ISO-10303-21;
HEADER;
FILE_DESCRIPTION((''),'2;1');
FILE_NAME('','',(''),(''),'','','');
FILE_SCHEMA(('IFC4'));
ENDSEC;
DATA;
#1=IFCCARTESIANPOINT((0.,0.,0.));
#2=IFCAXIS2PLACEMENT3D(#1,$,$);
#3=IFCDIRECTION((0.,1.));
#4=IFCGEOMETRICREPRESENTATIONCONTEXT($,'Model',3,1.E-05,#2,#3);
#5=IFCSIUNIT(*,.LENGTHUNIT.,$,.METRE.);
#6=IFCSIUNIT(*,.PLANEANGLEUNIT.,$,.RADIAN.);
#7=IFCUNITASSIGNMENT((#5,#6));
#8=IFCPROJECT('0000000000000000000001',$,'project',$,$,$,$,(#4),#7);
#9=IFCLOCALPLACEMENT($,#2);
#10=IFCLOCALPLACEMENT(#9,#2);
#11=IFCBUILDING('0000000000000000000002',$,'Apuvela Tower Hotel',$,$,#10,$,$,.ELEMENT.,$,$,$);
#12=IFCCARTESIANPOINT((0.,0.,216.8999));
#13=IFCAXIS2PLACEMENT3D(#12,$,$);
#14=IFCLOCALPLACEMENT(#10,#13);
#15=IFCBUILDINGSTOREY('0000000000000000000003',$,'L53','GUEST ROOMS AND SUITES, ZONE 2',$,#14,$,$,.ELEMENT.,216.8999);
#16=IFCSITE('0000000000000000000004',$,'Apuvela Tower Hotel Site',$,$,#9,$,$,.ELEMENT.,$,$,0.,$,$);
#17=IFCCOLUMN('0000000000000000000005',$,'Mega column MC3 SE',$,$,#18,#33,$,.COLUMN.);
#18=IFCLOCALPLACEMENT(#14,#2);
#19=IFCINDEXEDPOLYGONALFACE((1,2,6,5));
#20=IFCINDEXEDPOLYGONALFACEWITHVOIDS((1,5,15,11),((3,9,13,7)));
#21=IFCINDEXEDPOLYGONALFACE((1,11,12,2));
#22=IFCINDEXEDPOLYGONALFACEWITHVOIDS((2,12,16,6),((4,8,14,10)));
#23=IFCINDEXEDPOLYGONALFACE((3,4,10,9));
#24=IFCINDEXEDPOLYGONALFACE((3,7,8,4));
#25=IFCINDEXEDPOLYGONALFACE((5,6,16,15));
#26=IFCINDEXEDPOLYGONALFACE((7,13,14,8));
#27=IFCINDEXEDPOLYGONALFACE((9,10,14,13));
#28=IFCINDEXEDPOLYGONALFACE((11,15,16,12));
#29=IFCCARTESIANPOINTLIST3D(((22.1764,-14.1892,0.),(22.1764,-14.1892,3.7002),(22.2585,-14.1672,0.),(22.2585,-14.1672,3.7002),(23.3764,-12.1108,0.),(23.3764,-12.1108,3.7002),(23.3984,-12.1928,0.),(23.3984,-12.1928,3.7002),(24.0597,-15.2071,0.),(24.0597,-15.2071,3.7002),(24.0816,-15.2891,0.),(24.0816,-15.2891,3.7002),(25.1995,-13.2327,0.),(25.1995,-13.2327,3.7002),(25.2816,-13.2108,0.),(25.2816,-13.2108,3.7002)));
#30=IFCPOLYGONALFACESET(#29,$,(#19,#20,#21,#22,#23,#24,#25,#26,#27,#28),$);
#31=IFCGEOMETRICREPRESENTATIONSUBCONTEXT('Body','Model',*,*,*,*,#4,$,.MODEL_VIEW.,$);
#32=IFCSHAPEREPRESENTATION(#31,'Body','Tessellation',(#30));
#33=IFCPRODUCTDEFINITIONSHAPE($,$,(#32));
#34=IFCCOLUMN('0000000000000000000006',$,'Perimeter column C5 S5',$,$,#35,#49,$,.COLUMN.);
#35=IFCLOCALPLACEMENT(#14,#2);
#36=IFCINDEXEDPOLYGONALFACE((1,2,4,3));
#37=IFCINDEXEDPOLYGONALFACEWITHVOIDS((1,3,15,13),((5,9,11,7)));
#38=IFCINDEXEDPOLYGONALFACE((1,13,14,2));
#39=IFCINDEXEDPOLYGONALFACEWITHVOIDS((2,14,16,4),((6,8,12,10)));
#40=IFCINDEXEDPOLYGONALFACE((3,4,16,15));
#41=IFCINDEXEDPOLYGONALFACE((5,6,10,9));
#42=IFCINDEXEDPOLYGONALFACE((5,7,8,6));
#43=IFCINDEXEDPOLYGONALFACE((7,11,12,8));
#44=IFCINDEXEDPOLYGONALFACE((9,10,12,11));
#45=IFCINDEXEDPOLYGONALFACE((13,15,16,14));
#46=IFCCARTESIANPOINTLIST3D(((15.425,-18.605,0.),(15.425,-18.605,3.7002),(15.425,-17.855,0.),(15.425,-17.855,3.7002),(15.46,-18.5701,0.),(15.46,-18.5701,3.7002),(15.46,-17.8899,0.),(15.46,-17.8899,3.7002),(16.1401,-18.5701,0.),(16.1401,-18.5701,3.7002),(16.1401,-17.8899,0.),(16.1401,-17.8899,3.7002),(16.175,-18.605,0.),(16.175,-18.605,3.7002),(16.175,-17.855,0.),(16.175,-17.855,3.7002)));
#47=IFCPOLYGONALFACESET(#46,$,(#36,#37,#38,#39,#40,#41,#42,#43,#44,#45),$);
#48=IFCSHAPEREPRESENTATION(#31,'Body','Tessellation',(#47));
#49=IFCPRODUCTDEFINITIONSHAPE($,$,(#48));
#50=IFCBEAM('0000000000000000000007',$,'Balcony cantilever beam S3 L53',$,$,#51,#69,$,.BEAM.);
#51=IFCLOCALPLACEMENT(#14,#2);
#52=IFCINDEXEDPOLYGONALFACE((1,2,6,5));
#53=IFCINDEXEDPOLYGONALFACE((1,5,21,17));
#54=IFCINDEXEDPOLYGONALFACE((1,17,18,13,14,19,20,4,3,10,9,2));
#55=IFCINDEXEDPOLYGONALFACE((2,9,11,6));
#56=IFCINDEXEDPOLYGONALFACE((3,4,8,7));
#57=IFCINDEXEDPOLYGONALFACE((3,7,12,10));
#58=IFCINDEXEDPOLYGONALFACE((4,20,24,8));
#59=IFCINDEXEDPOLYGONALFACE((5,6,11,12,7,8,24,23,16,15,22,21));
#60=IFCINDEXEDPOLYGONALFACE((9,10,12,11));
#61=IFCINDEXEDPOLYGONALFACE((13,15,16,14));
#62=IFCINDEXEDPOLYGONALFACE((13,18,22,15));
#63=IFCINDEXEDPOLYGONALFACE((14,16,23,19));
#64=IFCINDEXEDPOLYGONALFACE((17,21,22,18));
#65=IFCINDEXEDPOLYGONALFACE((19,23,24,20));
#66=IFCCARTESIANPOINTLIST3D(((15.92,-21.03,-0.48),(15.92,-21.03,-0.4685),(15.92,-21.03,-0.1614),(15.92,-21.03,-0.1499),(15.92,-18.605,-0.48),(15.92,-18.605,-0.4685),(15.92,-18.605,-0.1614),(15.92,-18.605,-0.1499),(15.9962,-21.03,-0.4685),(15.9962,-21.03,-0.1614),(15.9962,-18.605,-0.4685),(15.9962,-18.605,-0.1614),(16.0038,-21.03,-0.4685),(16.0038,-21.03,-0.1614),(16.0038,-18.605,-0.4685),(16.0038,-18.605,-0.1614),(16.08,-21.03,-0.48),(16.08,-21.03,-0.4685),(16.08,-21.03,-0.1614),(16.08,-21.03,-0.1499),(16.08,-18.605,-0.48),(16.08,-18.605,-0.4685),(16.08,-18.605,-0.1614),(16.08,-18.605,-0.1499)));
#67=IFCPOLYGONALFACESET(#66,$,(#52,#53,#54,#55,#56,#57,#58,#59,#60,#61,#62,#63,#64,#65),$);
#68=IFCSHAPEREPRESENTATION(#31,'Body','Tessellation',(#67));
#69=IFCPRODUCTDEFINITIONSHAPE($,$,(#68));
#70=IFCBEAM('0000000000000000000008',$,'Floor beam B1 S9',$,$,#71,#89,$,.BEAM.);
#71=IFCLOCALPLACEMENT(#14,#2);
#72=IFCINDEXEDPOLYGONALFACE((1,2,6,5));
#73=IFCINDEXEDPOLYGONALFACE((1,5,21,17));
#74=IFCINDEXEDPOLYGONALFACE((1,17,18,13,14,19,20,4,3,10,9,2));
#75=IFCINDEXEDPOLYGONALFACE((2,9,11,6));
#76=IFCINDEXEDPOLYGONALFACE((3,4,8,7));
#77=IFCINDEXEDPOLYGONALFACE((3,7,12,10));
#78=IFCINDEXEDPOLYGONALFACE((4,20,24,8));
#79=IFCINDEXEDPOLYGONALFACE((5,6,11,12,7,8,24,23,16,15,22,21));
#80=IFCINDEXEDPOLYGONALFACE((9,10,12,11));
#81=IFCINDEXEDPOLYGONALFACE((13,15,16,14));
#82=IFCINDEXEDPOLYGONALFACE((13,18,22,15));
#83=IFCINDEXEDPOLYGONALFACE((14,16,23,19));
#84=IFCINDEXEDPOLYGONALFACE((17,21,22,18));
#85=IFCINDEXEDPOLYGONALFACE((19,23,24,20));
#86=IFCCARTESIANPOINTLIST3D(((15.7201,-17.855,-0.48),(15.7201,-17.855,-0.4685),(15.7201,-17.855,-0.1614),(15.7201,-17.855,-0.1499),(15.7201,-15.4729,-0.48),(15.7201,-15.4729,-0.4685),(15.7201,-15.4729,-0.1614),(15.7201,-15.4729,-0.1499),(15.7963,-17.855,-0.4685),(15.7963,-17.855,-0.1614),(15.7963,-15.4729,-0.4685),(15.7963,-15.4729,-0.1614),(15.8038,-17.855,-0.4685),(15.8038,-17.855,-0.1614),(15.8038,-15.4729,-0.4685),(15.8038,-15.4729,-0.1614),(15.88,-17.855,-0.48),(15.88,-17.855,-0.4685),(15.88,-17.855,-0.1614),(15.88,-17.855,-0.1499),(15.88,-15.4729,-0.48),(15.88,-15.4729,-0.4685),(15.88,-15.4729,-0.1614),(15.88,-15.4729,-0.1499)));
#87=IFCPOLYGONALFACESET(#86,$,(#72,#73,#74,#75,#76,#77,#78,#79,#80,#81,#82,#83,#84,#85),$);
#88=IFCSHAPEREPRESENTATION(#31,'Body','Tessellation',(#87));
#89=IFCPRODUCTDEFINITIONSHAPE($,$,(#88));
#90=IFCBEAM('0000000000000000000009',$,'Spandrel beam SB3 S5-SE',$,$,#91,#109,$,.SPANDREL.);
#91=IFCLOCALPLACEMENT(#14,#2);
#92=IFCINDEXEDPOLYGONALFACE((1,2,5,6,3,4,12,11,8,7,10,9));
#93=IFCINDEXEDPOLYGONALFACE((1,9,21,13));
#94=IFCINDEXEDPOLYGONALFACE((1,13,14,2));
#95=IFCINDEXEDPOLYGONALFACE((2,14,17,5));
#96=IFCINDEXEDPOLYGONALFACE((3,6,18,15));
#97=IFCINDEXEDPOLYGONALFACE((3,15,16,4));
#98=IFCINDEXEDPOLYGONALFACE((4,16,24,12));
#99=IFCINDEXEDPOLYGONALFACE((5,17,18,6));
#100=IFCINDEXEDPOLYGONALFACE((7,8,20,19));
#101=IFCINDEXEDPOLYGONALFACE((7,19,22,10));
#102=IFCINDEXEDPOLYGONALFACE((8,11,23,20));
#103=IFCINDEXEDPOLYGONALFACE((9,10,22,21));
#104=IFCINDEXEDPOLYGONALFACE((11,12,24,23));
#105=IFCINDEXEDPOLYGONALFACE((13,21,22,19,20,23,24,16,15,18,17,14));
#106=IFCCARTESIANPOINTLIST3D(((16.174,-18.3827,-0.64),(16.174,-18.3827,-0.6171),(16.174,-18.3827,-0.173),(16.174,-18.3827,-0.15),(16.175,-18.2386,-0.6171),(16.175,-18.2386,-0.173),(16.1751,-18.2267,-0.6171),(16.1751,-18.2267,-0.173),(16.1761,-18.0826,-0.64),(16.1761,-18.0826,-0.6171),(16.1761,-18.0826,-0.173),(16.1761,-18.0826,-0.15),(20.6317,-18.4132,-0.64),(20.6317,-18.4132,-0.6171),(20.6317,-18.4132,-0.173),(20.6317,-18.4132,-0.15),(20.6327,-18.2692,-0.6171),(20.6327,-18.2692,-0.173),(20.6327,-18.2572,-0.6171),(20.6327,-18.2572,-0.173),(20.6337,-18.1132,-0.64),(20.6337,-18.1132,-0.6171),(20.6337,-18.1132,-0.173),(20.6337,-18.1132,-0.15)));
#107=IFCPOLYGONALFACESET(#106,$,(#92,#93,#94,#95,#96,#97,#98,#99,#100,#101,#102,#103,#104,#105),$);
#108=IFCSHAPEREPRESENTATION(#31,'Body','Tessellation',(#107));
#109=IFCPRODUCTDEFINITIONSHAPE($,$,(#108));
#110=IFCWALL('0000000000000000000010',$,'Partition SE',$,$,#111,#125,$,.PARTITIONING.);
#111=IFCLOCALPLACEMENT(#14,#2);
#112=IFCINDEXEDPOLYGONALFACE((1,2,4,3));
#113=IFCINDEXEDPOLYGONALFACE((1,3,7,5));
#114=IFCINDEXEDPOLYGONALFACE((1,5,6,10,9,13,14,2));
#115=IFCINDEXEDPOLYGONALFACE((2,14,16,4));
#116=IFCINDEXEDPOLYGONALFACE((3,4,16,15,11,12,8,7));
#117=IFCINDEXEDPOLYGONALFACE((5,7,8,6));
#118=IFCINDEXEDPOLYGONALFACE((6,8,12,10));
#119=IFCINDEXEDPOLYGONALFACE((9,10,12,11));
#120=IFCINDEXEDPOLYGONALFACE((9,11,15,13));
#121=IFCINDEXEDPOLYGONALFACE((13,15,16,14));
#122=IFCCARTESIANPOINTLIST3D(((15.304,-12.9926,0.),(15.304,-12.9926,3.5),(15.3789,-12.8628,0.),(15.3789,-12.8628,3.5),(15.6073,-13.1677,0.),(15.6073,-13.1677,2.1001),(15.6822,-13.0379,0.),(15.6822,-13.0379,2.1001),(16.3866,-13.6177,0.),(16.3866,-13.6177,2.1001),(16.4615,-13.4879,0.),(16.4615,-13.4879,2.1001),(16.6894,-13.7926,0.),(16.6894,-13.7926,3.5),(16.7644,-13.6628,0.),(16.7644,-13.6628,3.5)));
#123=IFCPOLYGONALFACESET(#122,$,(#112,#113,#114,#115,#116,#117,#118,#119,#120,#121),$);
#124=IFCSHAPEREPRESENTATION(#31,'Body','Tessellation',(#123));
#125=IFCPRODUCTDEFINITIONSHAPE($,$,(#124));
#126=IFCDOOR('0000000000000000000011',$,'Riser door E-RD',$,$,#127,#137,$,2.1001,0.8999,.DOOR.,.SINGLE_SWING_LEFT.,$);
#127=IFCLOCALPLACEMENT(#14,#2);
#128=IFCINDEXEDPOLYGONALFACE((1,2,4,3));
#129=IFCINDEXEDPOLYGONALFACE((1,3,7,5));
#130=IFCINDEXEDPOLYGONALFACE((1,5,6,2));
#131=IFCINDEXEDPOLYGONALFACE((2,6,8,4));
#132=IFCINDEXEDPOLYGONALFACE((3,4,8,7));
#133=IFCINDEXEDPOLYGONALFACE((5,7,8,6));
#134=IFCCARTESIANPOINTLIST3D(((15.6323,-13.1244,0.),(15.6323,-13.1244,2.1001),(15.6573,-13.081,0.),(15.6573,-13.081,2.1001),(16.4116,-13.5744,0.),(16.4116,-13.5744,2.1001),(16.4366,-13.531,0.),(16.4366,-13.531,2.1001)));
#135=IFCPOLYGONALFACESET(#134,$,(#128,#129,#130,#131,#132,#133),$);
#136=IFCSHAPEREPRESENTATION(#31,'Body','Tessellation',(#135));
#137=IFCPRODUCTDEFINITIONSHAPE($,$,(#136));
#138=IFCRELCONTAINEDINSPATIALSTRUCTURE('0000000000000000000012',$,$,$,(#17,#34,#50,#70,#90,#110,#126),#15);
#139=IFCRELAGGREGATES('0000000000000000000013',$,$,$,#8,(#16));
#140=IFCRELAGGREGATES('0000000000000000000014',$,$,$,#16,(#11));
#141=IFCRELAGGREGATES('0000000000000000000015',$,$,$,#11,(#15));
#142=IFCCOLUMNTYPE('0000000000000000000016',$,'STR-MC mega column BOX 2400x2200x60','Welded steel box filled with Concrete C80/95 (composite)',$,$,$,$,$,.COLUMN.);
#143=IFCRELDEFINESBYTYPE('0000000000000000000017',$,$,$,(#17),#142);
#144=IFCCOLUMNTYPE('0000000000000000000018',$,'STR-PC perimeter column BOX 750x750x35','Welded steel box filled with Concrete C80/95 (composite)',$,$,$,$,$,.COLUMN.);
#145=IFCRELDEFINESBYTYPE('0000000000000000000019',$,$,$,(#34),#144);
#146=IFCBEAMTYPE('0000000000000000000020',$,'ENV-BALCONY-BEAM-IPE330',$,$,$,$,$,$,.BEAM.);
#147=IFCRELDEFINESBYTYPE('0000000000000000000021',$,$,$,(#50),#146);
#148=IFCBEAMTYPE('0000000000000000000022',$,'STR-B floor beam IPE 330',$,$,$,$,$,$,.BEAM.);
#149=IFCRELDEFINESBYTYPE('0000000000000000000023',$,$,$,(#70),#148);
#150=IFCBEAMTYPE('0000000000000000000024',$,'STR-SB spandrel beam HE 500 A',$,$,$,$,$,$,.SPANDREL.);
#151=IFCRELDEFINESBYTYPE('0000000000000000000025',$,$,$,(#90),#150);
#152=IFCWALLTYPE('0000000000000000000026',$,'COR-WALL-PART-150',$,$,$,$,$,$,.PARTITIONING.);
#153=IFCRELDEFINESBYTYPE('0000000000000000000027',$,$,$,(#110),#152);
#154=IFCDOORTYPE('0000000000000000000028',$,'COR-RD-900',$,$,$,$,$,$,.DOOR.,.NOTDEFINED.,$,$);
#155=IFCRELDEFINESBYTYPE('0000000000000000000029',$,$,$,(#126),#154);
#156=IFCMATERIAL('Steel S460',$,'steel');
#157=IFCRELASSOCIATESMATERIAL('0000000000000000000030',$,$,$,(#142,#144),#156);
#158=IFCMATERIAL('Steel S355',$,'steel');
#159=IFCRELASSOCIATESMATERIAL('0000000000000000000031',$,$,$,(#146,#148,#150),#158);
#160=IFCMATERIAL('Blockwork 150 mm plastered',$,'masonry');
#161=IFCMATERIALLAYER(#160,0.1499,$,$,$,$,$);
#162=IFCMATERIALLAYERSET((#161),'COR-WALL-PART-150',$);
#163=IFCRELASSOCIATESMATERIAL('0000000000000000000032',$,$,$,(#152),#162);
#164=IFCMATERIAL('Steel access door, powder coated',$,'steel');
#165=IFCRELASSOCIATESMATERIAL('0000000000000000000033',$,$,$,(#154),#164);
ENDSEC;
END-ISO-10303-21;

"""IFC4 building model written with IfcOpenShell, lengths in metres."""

from ifc_helpers import new_model, si_unit, direction, frame, frame_2d, origin, origin_2d, place, context, subcontext, project, spatial, rectangle, hollow_rectangle, i_section, extrude, material, layer, layer_set, material_profile, profile_set, type_object, element, fill, save


model = new_model("IFC4")

# Units and contexts
model_context = context("Model", 3, precision=1e-05, world=origin(), true_north=direction((0.0, 1.0)))
body_context = subcontext(model_context, "Body", "Model", "MODEL_VIEW")
ifc_project = project(units=[si_unit("LENGTHUNIT", "METRE"), si_unit("PLANEANGLEUNIT", "RADIAN")], contexts=[model_context])

# Site, building, storey
site_placement = place(None, origin())
site = spatial("IfcSite", under=ifc_project, at=site_placement, Name="Apuvela Tower Hotel Site", CompositionType="ELEMENT", RefElevation=0.0)
building_placement = place(site_placement, origin())
building = spatial("IfcBuilding", under=site, at=building_placement, Name="Apuvela Tower Hotel", CompositionType="ELEMENT")
storey_placement = place(building_placement, frame((0.0, 0.0, 216.8999)))
storey = spatial("IfcBuildingStorey", under=building, at=storey_placement, Name="L53", Description="GUEST ROOMS AND SUITES, ZONE 2", CompositionType="ELEMENT", Elevation=216.8999)

# Columns
ifc_material_1 = material(Name="Steel S460", Category="steel")
ifc_material_profile_1 = material_profile(ifc_material_1, hollow_rectangle(XDim=2.3999, YDim=2.2, WallThickness=0.0601, at=origin_2d()), Name="BOX 2400x2200x60")
ifc_material_2 = material(Name="Concrete C80/95", Category="concrete")
ifc_material_profile_2 = material_profile(ifc_material_2, rectangle(XDim=2.28, YDim=2.0801, at=origin_2d()), Name="Concrete C80/95 infill")
ifc_profile_set_1 = profile_set([ifc_material_profile_1, ifc_material_profile_2], Name="Steel S460")
column_type_1 = type_object("IfcColumnType", Name="STR-MC mega column BOX 2400x2200x60", Description="Welded steel box filled with Concrete C80/95 (composite)", PredefinedType="COLUMN", material=ifc_profile_set_1)
column_1_placement = place(storey_placement, frame((23.729, -13.7, 0.0), z_axis=(0.0, 0.0, 1.0), x_axis=(0.5, 0.866025, 0.0)))
element("IfcColumn", 1, at=column_1_placement, inside=storey, type_object=column_type_1, Name="Mega column MC3 SE", PredefinedType="COLUMN", context=body_context, shape_type="SweptSolid", body=[
    extrude(hollow_rectangle(XDim=2.3999, YDim=2.2, WallThickness=0.0601, at=origin_2d()), origin(), (0.0, 0.0, 1.0), 3.7002),
])
ifc_material_profile_3 = material_profile(ifc_material_1, hollow_rectangle(XDim=0.75, YDim=0.75, WallThickness=0.0349, at=origin_2d()), Name="BOX 750x750x35")
ifc_material_profile_4 = material_profile(ifc_material_2, rectangle(XDim=0.6799, YDim=0.6799, at=origin_2d()), Name="Concrete C80/95 infill")
ifc_profile_set_2 = profile_set([ifc_material_profile_3, ifc_material_profile_4], Name="Steel S460")
column_type_2 = type_object("IfcColumnType", Name="STR-PC perimeter column BOX 750x750x35", Description="Welded steel box filled with Concrete C80/95 (composite)", PredefinedType="COLUMN", material=ifc_profile_set_2)
column_2_placement = place(storey_placement, frame((15.8, -18.23, 0.0), z_axis=(0.0, 0.0, 1.0), x_axis=(-1.0, 0.0, 0.0)))
element("IfcColumn", 2, at=column_2_placement, inside=storey, type_object=column_type_2, Name="Perimeter column C5 S5", PredefinedType="COLUMN", context=body_context, shape_type="SweptSolid", body=[
    extrude(hollow_rectangle(XDim=0.75, YDim=0.75, WallThickness=0.0349, at=origin_2d()), origin(), (0.0, 0.0, 1.0), 3.7002),
])

# Beams
ifc_material_3 = material(Name="Steel S355", Category="steel")
ifc_material_profile_5 = material_profile(ifc_material_3, i_section(OverallWidth=0.1599, OverallDepth=0.3301, WebThickness=0.0076, FlangeThickness=0.0115, at=origin_2d()), Name="IPE 330")
ifc_profile_set_3 = profile_set([ifc_material_profile_5], Name="Steel S355")
beam_type_1 = type_object("IfcBeamType", Name="ENV-BALCONY-BEAM-IPE330", PredefinedType="BEAM", material=ifc_profile_set_3)
beam_1_placement = place(storey_placement, frame((16.0, -18.605, -0.3149), z_axis=(0.0, -1.0, 0.0), x_axis=(1.0, 0.0, 0.0)))
element("IfcBeam", 3, at=beam_1_placement, inside=storey, type_object=beam_type_1, Name="Balcony cantilever beam S3 L53", PredefinedType="BEAM", context=body_context, shape_type="SweptSolid", body=[
    extrude(i_section(OverallWidth=0.1599, OverallDepth=0.3301, WebThickness=0.0076, FlangeThickness=0.0115, at=origin_2d()), origin(), (0.0, 0.0, 1.0), 2.425),
])
ifc_material_profile_6 = material_profile(ifc_material_3, i_section(OverallWidth=0.1599, OverallDepth=0.3301, WebThickness=0.0076, FlangeThickness=0.0115, at=origin_2d()), Name="IPE 330")
ifc_profile_set_4 = profile_set([ifc_material_profile_6], Name="Steel S355")
beam_type_2 = type_object("IfcBeamType", Name="STR-B floor beam IPE 330", PredefinedType="BEAM", material=ifc_profile_set_4)
beam_2_placement = place(storey_placement, frame((15.8, -17.855, -0.3149), z_axis=(0.0, 1.0, 0.0), x_axis=(-1.0, 0.0, 0.0)))
element("IfcBeam", 4, at=beam_2_placement, inside=storey, type_object=beam_type_2, Name="Floor beam B1 S9", PredefinedType="BEAM", context=body_context, shape_type="SweptSolid", body=[
    extrude(i_section(OverallWidth=0.1599, OverallDepth=0.3301, WebThickness=0.0076, FlangeThickness=0.0115, at=origin_2d()), origin(), (0.0, 0.0, 1.0), 2.3821),
])
ifc_material_profile_7 = material_profile(ifc_material_3, i_section(OverallWidth=0.3, OverallDepth=0.49, WebThickness=0.012, FlangeThickness=0.0229, at=origin_2d()), Name="HE 500 A")
ifc_profile_set_5 = profile_set([ifc_material_profile_7], Name="Steel S355")
beam_type_3 = type_object("IfcBeamType", Name="STR-SB spandrel beam HE 500 A", PredefinedType="SPANDREL", material=ifc_profile_set_5)
beam_3_placement = place(storey_placement, frame((16.175, -18.2327, -0.395), z_axis=(0.999977, -0.006846, 0.0), x_axis=(0.006846, 0.999977, 0.0)))
element("IfcBeam", 5, at=beam_3_placement, inside=storey, type_object=beam_type_3, Name="Spandrel beam SB3 S5-SE", PredefinedType="SPANDREL", context=body_context, shape_type="SweptSolid", body=[
    extrude(i_section(OverallWidth=0.3, OverallDepth=0.49, WebThickness=0.012, FlangeThickness=0.0229, at=origin_2d()), origin(), (0.0, 0.0, 1.0), 4.4578),
])

# Wall, opening, door
ifc_material_4 = material(Name="Blockwork 150 mm plastered", Category="masonry")
ifc_layer_1 = layer(ifc_material_4, 0.1499)
ifc_layer_set_1 = layer_set([ifc_layer_1], Name="COR-WALL-PART-150")
wall_type_1 = type_object("IfcWallType", Name="COR-WALL-PART-150", PredefinedType="PARTITIONING", material=ifc_layer_set_1)
wall_1_placement = place(storey_placement, frame((15.3416, -12.9277, 0.0), z_axis=(0.0, 0.0, 1.0), x_axis=(0.86599, -0.500061, 0.0)))
wall_1 = element("IfcWall", 6, at=wall_1_placement, inside=storey, type_object=wall_type_1, Name="Partition SE", PredefinedType="PARTITIONING", context=body_context, shape_type="SweptSolid", body=[
    extrude(rectangle(XDim=1.5999, YDim=0.1499, at=frame_2d((0.7998, 0.0))), origin(), (0.0, 0.0, 1.0), 3.5),
])
opening_1_placement = place(wall_1_placement, frame((0.3501, 0.0, 0.0)))
opening_1 = element("IfcOpeningElement", 7, at=opening_1_placement, cuts=wall_1, PredefinedType="OPENING", context=body_context, shape_type="SweptSolid", body=[
    extrude(rectangle(XDim=0.8999, YDim=2.1001, at=frame_2d((0.45, 1.05))), frame((0.0, 0.085, 0.0), z_axis=(0.0, -1.0, 0.0), x_axis=(1.0, 0.0, 0.0)), (0.0, 0.0, 1.0), 0.1699),
])
ifc_material_5 = material(Name="Steel access door, powder coated", Category="steel")
door_type_1 = type_object("IfcDoorType", Name="COR-RD-900", OperationType="NOTDEFINED", PredefinedType="DOOR", material=ifc_material_5)
door_1_placement = place(opening_1_placement, frame((0.8999, 0.0, 0.0), z_axis=(0.0, 0.0, 1.0), x_axis=(-1.0, 0.0, 0.0)))
door_1 = element("IfcDoor", 8, at=door_1_placement, inside=storey, type_object=door_type_1, Name="Riser door E-RD", OperationType="SINGLE_SWING_LEFT", OverallHeight=2.1001, OverallWidth=0.8999, PredefinedType="DOOR", context=body_context, shape_type="SweptSolid", body=[
    extrude(rectangle(XDim=0.8999, YDim=2.1001, at=frame_2d((0.45, 1.05))), frame((0.0, 0.0249, 0.0), z_axis=(0.0, -1.0, 0.0), x_axis=(1.0, 0.0, 0.0)), (0.0, 0.0, 1.0), 0.05),
])
fill(opening_1, door_1)

save(model, "model.ifc")
